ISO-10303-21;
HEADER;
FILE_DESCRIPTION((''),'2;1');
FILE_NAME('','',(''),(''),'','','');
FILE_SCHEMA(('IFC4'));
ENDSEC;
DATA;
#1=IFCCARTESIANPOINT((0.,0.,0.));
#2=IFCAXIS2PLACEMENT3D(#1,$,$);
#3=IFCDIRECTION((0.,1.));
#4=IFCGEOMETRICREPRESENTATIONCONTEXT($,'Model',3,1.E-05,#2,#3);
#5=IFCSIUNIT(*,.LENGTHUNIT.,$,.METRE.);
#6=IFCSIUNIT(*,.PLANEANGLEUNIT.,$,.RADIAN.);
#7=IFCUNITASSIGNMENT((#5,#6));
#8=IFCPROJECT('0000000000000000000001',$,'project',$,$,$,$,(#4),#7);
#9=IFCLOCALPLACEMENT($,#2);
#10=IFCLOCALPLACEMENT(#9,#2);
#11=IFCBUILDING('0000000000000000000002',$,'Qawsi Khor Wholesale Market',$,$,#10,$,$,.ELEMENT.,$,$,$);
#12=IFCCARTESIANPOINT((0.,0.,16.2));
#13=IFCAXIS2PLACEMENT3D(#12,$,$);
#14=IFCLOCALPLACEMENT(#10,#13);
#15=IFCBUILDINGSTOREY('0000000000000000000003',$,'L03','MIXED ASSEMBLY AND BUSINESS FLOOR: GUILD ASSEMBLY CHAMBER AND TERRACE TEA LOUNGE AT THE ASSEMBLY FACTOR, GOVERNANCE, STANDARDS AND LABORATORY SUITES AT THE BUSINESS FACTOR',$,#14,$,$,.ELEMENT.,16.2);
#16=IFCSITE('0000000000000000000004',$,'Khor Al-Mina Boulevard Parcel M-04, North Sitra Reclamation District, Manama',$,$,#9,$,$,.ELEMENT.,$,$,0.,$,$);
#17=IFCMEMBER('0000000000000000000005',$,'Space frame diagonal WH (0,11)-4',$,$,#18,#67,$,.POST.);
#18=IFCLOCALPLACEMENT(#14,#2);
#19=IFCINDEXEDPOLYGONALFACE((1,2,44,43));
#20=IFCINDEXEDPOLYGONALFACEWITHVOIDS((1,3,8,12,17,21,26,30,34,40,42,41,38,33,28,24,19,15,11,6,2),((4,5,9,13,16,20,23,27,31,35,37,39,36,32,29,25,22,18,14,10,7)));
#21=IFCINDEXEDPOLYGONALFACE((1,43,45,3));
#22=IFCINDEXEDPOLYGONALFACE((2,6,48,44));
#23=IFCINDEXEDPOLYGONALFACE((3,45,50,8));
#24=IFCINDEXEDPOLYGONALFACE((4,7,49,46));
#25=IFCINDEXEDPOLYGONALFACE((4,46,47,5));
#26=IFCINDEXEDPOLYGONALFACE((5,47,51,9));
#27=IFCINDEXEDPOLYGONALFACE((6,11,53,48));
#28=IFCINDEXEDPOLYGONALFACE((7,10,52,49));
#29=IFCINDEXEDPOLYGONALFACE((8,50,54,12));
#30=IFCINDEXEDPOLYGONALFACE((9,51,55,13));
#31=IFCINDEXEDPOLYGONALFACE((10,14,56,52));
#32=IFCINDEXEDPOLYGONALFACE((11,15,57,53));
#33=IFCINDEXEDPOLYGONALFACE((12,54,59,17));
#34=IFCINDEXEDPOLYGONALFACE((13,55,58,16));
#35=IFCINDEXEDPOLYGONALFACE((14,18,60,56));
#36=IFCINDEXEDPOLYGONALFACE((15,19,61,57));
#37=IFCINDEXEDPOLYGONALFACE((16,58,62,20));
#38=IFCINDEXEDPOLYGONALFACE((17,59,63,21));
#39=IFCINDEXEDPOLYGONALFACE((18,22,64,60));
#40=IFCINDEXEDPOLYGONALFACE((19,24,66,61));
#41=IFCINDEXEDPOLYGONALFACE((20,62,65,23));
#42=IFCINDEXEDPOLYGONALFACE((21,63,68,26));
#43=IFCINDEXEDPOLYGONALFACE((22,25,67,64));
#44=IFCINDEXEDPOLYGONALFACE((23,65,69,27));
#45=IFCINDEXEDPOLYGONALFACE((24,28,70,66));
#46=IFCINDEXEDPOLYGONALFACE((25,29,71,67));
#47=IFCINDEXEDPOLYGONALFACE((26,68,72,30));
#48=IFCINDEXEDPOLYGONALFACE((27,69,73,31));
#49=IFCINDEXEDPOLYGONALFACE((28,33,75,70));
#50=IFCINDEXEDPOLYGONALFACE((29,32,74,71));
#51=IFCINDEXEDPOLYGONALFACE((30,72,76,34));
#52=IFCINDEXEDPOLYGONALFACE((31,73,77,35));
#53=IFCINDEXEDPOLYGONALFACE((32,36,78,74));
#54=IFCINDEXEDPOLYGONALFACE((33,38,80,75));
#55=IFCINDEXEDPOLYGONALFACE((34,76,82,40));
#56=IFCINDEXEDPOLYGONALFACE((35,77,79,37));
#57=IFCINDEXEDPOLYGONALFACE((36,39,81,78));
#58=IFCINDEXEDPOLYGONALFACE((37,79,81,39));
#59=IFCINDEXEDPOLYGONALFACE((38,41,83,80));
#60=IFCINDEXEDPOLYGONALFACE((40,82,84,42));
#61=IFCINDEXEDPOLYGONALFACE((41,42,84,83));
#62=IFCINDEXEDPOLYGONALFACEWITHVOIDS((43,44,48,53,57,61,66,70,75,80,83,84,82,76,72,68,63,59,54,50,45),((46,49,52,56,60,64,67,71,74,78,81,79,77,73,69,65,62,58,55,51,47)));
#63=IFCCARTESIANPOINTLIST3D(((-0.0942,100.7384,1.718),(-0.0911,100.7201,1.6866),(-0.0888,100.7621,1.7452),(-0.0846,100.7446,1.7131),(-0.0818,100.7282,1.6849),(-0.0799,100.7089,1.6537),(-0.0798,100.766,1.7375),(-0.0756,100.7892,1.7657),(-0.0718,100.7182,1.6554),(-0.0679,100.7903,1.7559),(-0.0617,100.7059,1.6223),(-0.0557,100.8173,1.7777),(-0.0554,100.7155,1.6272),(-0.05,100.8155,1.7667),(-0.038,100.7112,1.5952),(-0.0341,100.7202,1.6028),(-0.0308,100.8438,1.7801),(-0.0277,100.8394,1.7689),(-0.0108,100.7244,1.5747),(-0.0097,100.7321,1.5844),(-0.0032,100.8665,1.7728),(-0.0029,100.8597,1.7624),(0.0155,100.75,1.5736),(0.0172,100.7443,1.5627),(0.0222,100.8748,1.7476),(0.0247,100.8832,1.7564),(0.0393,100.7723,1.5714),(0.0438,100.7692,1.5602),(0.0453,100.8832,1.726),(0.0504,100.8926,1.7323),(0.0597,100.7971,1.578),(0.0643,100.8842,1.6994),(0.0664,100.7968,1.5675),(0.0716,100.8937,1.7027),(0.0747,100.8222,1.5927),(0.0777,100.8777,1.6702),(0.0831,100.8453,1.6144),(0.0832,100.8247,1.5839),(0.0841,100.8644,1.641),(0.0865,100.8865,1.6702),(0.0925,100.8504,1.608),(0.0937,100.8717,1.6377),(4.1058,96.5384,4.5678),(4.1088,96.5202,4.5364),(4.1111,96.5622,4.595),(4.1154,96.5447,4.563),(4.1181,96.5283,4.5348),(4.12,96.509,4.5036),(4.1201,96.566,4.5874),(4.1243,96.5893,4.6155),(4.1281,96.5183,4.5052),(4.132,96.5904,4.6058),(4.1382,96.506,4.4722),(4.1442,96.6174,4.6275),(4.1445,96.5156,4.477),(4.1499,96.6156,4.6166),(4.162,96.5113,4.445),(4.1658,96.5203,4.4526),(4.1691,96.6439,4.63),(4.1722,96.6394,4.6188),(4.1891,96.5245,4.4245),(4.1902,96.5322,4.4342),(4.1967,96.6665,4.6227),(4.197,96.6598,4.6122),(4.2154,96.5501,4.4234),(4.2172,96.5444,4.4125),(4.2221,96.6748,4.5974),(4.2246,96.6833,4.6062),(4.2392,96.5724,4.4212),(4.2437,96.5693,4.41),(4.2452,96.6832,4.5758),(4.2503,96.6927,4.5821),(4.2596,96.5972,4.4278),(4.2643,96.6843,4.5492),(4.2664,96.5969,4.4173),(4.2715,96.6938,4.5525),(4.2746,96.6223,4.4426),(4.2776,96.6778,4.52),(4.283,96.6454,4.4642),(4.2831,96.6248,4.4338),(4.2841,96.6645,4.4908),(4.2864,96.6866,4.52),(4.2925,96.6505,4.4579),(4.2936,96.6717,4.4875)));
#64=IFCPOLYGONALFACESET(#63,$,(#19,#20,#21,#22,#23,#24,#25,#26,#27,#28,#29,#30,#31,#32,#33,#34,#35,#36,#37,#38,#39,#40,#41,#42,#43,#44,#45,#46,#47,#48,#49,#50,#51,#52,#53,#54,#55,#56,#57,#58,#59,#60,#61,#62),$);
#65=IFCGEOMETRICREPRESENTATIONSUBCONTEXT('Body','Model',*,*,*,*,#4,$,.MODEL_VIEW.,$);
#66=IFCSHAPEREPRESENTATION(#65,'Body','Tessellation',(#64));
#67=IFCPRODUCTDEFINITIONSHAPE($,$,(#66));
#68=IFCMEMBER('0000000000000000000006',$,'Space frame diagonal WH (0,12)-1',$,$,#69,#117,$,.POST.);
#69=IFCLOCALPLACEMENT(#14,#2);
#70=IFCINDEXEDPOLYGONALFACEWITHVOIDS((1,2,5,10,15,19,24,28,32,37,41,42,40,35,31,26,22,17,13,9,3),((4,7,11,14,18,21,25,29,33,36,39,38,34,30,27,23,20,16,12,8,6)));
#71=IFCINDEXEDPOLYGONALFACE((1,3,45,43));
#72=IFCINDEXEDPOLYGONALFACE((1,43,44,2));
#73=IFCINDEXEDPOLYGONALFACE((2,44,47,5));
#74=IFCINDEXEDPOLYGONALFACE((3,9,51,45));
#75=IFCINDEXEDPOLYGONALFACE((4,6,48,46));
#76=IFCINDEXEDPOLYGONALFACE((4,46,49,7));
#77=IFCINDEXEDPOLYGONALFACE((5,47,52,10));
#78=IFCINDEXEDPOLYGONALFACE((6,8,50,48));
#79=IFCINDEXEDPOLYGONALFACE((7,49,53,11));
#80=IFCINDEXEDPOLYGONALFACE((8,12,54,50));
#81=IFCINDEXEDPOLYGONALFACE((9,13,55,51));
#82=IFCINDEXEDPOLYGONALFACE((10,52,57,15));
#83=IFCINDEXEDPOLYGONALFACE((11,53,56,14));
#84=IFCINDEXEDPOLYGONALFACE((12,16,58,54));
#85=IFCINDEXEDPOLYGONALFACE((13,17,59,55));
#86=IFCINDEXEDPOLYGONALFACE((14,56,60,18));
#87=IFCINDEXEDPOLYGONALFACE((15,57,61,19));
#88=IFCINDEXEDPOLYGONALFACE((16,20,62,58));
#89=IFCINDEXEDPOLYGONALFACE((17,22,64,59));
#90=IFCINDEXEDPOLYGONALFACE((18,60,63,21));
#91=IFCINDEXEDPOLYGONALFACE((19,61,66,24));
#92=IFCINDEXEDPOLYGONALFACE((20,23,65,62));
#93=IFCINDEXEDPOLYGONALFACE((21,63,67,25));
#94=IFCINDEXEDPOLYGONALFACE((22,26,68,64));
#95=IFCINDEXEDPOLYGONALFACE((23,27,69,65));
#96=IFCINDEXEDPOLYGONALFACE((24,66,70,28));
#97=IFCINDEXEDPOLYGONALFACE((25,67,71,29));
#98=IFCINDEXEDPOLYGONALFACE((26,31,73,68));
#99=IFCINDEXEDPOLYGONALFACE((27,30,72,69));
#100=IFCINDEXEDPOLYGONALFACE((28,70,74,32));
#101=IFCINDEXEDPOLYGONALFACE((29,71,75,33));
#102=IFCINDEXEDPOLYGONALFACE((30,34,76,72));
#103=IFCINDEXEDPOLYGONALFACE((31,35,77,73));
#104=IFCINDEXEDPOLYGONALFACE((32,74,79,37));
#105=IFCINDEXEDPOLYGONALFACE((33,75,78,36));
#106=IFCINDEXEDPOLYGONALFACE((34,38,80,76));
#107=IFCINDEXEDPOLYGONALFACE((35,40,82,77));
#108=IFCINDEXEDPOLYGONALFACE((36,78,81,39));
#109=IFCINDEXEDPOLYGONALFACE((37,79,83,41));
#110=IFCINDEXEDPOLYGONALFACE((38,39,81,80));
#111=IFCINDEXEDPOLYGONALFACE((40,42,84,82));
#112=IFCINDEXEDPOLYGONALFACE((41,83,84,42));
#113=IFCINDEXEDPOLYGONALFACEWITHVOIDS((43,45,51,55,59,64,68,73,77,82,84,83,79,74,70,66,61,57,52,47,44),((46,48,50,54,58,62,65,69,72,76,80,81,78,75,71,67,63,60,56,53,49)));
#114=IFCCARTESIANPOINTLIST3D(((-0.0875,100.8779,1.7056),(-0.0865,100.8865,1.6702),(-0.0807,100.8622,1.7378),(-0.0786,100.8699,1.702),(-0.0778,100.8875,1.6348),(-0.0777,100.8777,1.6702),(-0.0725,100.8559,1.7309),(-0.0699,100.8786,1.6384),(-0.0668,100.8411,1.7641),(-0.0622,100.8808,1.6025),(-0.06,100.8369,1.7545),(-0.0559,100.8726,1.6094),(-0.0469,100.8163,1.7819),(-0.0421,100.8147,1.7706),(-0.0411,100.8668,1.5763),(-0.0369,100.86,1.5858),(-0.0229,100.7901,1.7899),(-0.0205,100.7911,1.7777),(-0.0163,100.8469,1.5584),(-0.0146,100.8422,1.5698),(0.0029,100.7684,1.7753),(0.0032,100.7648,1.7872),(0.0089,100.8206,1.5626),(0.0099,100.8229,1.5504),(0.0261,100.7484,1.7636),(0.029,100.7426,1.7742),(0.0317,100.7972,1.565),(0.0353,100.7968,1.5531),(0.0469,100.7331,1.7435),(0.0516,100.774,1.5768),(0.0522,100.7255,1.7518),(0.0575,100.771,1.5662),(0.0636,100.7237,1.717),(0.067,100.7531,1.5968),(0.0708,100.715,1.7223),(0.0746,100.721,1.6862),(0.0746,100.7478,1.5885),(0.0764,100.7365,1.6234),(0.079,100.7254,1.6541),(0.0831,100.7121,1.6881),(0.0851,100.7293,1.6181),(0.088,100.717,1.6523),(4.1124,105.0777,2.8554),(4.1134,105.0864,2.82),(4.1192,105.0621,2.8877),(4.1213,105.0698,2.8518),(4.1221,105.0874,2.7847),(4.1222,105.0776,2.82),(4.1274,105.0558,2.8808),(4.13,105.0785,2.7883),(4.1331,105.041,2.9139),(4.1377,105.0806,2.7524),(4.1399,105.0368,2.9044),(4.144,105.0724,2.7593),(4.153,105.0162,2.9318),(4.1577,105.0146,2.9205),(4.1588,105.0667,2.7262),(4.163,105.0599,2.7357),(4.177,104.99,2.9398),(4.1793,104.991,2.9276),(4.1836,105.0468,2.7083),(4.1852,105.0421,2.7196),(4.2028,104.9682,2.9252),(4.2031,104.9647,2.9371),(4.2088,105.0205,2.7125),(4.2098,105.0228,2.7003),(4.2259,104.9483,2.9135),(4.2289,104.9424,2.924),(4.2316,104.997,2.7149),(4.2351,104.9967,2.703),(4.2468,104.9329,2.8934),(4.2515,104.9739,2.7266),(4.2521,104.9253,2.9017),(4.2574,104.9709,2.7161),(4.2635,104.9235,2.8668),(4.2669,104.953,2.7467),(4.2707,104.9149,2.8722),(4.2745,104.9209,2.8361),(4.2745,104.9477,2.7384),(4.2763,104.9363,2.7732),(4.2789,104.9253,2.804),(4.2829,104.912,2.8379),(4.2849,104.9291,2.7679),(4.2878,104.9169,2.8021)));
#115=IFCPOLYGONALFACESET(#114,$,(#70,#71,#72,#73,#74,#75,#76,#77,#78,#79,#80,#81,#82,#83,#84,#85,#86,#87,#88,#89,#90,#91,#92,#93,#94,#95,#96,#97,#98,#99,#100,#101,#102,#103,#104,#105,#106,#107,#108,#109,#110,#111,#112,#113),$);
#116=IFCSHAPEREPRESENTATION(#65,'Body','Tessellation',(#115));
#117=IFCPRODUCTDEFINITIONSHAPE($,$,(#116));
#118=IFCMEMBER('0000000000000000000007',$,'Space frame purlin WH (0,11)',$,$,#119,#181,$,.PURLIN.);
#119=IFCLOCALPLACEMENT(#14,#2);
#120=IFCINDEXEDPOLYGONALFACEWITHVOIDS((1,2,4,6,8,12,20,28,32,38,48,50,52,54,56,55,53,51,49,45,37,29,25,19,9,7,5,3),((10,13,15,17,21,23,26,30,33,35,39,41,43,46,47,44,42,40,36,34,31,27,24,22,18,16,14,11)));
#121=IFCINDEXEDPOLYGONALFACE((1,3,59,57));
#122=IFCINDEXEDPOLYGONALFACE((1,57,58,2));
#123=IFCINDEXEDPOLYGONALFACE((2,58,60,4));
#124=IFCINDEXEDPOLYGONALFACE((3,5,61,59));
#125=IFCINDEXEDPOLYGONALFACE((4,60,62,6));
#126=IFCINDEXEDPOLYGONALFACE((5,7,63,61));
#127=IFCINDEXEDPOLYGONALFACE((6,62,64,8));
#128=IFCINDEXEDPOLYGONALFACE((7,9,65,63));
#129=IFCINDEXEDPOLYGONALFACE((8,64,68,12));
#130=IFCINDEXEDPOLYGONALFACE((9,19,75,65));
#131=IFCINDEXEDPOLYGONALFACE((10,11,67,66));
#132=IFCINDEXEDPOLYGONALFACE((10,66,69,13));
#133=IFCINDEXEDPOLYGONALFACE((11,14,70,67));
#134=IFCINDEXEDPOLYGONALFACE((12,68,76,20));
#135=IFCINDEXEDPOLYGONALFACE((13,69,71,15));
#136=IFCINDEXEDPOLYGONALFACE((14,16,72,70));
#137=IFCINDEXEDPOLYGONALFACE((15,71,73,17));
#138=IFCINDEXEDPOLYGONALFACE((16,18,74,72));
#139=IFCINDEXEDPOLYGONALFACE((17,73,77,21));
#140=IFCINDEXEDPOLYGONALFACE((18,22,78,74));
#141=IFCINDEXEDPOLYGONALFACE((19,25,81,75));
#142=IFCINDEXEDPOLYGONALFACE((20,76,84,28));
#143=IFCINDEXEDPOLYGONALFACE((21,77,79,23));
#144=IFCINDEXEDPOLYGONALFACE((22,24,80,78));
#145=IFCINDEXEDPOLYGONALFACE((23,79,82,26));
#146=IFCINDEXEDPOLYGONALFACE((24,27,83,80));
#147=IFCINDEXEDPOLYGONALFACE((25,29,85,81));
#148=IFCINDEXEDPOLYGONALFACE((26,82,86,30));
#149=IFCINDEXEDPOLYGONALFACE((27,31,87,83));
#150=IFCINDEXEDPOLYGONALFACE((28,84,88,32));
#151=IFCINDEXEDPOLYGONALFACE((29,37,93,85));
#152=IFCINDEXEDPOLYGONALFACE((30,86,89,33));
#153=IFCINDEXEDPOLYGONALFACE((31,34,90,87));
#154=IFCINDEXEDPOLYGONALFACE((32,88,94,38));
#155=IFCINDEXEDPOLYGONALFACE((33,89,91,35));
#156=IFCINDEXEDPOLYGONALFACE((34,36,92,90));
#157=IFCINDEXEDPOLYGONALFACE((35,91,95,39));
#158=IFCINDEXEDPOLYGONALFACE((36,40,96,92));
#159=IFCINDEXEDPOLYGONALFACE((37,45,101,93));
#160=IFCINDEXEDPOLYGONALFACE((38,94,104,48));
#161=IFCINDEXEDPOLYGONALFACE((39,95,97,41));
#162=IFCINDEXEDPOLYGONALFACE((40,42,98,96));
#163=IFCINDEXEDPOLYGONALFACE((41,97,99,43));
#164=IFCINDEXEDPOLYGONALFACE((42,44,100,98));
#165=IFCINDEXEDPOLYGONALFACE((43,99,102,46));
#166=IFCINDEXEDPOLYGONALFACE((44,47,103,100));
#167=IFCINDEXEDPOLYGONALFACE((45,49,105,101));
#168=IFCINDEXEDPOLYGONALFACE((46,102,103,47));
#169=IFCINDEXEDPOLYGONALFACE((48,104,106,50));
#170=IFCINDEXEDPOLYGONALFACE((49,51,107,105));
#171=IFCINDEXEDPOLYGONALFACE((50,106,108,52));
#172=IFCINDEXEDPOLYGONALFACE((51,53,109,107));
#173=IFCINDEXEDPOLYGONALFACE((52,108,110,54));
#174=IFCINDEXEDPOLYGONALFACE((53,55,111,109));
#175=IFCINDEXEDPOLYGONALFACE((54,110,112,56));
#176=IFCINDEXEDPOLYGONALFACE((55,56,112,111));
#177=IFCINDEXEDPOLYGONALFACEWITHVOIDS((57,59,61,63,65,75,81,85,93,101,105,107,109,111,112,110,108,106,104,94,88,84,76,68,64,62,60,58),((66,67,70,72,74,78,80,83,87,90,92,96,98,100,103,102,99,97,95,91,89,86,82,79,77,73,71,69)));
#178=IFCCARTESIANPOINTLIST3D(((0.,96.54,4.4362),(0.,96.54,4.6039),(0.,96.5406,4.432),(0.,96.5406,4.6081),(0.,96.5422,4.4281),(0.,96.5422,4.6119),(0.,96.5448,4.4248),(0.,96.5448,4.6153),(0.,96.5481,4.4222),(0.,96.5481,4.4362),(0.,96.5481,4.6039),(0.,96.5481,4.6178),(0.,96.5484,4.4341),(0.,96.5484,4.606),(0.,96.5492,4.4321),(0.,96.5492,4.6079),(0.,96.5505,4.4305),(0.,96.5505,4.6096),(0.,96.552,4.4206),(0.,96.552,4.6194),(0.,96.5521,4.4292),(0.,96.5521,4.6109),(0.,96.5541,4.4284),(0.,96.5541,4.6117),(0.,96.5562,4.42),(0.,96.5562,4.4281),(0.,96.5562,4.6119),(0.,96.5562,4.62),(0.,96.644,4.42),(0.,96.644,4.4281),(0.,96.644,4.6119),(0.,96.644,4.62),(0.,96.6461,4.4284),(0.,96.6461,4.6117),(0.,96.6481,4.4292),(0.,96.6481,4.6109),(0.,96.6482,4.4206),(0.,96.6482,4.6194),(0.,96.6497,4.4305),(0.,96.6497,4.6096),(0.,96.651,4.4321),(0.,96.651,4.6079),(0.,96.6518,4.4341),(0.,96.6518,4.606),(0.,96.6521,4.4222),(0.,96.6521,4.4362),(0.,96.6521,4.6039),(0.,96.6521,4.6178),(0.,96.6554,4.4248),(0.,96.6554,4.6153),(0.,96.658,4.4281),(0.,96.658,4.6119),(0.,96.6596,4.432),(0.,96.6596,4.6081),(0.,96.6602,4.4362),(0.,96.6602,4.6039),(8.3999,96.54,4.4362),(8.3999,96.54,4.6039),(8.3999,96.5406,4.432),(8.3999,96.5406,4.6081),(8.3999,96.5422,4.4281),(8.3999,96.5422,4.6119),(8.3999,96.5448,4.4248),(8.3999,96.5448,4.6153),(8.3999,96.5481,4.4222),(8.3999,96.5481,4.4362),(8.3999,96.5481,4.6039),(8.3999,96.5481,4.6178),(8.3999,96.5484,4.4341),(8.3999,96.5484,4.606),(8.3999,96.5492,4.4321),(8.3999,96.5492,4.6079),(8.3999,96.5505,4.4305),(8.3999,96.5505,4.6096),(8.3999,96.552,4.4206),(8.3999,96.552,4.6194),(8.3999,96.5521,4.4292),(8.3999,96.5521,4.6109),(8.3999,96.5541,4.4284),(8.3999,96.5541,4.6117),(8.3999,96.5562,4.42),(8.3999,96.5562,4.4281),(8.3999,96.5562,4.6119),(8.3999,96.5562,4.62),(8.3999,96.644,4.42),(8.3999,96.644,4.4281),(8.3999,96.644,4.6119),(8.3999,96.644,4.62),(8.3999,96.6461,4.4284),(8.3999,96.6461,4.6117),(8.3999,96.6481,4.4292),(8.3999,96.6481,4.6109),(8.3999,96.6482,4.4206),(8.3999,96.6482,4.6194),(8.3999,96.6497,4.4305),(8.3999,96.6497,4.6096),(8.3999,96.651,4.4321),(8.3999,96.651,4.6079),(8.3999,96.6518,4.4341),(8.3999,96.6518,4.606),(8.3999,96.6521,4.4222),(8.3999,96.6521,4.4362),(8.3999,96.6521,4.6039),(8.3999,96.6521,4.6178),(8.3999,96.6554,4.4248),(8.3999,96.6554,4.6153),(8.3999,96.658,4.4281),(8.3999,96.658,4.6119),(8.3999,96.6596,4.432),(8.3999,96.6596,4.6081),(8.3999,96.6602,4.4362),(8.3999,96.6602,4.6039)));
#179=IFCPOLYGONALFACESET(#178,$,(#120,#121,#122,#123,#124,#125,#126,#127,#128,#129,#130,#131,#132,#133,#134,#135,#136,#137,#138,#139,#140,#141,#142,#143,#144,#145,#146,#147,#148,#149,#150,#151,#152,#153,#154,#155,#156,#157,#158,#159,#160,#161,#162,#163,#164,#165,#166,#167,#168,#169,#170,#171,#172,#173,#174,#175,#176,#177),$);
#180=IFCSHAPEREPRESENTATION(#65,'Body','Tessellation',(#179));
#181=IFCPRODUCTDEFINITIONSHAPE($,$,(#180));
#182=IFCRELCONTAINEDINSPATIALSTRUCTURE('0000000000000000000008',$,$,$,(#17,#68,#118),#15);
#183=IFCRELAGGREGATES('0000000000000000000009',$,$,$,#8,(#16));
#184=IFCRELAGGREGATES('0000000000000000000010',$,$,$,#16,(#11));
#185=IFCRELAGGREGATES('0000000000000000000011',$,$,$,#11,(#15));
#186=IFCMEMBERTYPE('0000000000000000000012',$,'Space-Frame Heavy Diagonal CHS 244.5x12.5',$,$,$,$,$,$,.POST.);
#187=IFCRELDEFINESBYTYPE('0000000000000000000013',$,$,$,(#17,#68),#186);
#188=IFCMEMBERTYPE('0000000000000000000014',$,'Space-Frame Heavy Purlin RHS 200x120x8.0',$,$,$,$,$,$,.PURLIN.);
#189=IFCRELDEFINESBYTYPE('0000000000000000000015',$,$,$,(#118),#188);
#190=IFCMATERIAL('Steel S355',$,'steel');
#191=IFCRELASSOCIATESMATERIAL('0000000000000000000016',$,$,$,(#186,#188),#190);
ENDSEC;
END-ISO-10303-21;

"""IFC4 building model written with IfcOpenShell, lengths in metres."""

from ifc_helpers import new_model, si_unit, direction, frame, origin, origin_2d, place, context, subcontext, project, spatial, hollow_rectangle, hollow_circle, extrude, material, material_profile, profile_set, type_object, element, save


model = new_model("IFC4")

# Units and contexts
model_context = context("Model", 3, precision=1e-05, world=origin(), true_north=direction((0.0, 1.0)))
body_context = subcontext(model_context, "Body", "Model", "MODEL_VIEW")
ifc_project = project(units=[si_unit("LENGTHUNIT", "METRE"), si_unit("PLANEANGLEUNIT", "RADIAN")], contexts=[model_context])

# Site, building, storey
site_placement = place(None, origin())
site = spatial("IfcSite", under=ifc_project, at=site_placement, Name="Khor Al-Mina Boulevard Parcel M-04, North Sitra Reclamation District, Manama", CompositionType="ELEMENT", RefElevation=0.0)
building_placement = place(site_placement, origin())
building = spatial("IfcBuilding", under=site, at=building_placement, Name="Qawsi Khor Wholesale Market", CompositionType="ELEMENT")
storey_placement = place(building_placement, frame((0.0, 0.0, 16.2)))
storey = spatial("IfcBuildingStorey", under=building, at=storey_placement, Name="L03", Description="MIXED ASSEMBLY AND BUSINESS FLOOR: GUILD ASSEMBLY CHAMBER AND TERRACE TEA LOUNGE AT THE ASSEMBLY FACTOR, GOVERNANCE, STANDARDS AND LABORATORY SUITES AT THE BUSINESS FACTOR", CompositionType="ELEMENT", Elevation=16.2)

# Members
ifc_material_1 = material(Name="Steel S355", Category="steel")
ifc_material_profile_1 = material_profile(ifc_material_1, hollow_circle(Radius=0.1223, WallThickness=0.0125, at=origin_2d()), Name="CHS 244.5x12.5")
ifc_profile_set_1 = profile_set([ifc_material_profile_1], Name="Steel S355")
member_type_1 = type_object("IfcMemberType", Name="Space-Frame Heavy Diagonal CHS 244.5x12.5", PredefinedType="POST", material=ifc_profile_set_1)
member_1_placement = place(storey_placement, frame((0.0, 100.8, 1.6702), z_axis=(0.637522, -0.637522, 0.432587), x_axis=(0.707107, 0.707107, 0.0)))
element("IfcMember", 1, at=member_1_placement, inside=storey, type_object=member_type_1, Name="Space frame diagonal WH (0,11)-4", PredefinedType="POST", context=body_context, shape_type="SweptSolid", body=[
    extrude(hollow_circle(Radius=0.1223, WallThickness=0.0125, at=origin_2d()), origin(), (0.0, 0.0, 1.0), 6.5879),
])
member_2_placement = place(storey_placement, frame((0.0, 100.8, 1.6702), z_axis=(0.694217, 0.694217, 0.190069), x_axis=(-0.707107, 0.707107, 0.0)))
element("IfcMember", 2, at=member_2_placement, inside=storey, type_object=member_type_1, Name="Space frame diagonal WH (0,12)-1", PredefinedType="POST", context=body_context, shape_type="SweptSolid", body=[
    extrude(hollow_circle(Radius=0.1223, WallThickness=0.0125, at=origin_2d()), origin(), (0.0, 0.0, 1.0), 6.0498),
])
ifc_material_profile_2 = material_profile(ifc_material_1, hollow_rectangle(XDim=0.1201, YDim=0.2, WallThickness=0.0081, InnerFilletRadius=0.0081, OuterFilletRadius=0.0161, at=origin_2d()), Name="RHS 200x120x8.0")
ifc_profile_set_2 = profile_set([ifc_material_profile_2], Name="Steel S355")
member_type_2 = type_object("IfcMemberType", Name="Space-Frame Heavy Purlin RHS 200x120x8.0", PredefinedType="PURLIN", material=ifc_profile_set_2)
member_3_placement = place(storey_placement, frame((0.0, 96.6001, 4.52), z_axis=(1.0, 0.0, 0.0), x_axis=(0.0, 1.0, 0.0)))
element("IfcMember", 3, at=member_3_placement, inside=storey, type_object=member_type_2, Name="Space frame purlin WH (0,11)", PredefinedType="PURLIN", context=body_context, shape_type="SweptSolid", body=[
    extrude(hollow_rectangle(XDim=0.1201, YDim=0.2, WallThickness=0.0081, InnerFilletRadius=0.0081, OuterFilletRadius=0.0161, at=origin_2d()), origin(), (0.0, 0.0, 1.0), 8.3999),
])

save(model, "model.ifc")
